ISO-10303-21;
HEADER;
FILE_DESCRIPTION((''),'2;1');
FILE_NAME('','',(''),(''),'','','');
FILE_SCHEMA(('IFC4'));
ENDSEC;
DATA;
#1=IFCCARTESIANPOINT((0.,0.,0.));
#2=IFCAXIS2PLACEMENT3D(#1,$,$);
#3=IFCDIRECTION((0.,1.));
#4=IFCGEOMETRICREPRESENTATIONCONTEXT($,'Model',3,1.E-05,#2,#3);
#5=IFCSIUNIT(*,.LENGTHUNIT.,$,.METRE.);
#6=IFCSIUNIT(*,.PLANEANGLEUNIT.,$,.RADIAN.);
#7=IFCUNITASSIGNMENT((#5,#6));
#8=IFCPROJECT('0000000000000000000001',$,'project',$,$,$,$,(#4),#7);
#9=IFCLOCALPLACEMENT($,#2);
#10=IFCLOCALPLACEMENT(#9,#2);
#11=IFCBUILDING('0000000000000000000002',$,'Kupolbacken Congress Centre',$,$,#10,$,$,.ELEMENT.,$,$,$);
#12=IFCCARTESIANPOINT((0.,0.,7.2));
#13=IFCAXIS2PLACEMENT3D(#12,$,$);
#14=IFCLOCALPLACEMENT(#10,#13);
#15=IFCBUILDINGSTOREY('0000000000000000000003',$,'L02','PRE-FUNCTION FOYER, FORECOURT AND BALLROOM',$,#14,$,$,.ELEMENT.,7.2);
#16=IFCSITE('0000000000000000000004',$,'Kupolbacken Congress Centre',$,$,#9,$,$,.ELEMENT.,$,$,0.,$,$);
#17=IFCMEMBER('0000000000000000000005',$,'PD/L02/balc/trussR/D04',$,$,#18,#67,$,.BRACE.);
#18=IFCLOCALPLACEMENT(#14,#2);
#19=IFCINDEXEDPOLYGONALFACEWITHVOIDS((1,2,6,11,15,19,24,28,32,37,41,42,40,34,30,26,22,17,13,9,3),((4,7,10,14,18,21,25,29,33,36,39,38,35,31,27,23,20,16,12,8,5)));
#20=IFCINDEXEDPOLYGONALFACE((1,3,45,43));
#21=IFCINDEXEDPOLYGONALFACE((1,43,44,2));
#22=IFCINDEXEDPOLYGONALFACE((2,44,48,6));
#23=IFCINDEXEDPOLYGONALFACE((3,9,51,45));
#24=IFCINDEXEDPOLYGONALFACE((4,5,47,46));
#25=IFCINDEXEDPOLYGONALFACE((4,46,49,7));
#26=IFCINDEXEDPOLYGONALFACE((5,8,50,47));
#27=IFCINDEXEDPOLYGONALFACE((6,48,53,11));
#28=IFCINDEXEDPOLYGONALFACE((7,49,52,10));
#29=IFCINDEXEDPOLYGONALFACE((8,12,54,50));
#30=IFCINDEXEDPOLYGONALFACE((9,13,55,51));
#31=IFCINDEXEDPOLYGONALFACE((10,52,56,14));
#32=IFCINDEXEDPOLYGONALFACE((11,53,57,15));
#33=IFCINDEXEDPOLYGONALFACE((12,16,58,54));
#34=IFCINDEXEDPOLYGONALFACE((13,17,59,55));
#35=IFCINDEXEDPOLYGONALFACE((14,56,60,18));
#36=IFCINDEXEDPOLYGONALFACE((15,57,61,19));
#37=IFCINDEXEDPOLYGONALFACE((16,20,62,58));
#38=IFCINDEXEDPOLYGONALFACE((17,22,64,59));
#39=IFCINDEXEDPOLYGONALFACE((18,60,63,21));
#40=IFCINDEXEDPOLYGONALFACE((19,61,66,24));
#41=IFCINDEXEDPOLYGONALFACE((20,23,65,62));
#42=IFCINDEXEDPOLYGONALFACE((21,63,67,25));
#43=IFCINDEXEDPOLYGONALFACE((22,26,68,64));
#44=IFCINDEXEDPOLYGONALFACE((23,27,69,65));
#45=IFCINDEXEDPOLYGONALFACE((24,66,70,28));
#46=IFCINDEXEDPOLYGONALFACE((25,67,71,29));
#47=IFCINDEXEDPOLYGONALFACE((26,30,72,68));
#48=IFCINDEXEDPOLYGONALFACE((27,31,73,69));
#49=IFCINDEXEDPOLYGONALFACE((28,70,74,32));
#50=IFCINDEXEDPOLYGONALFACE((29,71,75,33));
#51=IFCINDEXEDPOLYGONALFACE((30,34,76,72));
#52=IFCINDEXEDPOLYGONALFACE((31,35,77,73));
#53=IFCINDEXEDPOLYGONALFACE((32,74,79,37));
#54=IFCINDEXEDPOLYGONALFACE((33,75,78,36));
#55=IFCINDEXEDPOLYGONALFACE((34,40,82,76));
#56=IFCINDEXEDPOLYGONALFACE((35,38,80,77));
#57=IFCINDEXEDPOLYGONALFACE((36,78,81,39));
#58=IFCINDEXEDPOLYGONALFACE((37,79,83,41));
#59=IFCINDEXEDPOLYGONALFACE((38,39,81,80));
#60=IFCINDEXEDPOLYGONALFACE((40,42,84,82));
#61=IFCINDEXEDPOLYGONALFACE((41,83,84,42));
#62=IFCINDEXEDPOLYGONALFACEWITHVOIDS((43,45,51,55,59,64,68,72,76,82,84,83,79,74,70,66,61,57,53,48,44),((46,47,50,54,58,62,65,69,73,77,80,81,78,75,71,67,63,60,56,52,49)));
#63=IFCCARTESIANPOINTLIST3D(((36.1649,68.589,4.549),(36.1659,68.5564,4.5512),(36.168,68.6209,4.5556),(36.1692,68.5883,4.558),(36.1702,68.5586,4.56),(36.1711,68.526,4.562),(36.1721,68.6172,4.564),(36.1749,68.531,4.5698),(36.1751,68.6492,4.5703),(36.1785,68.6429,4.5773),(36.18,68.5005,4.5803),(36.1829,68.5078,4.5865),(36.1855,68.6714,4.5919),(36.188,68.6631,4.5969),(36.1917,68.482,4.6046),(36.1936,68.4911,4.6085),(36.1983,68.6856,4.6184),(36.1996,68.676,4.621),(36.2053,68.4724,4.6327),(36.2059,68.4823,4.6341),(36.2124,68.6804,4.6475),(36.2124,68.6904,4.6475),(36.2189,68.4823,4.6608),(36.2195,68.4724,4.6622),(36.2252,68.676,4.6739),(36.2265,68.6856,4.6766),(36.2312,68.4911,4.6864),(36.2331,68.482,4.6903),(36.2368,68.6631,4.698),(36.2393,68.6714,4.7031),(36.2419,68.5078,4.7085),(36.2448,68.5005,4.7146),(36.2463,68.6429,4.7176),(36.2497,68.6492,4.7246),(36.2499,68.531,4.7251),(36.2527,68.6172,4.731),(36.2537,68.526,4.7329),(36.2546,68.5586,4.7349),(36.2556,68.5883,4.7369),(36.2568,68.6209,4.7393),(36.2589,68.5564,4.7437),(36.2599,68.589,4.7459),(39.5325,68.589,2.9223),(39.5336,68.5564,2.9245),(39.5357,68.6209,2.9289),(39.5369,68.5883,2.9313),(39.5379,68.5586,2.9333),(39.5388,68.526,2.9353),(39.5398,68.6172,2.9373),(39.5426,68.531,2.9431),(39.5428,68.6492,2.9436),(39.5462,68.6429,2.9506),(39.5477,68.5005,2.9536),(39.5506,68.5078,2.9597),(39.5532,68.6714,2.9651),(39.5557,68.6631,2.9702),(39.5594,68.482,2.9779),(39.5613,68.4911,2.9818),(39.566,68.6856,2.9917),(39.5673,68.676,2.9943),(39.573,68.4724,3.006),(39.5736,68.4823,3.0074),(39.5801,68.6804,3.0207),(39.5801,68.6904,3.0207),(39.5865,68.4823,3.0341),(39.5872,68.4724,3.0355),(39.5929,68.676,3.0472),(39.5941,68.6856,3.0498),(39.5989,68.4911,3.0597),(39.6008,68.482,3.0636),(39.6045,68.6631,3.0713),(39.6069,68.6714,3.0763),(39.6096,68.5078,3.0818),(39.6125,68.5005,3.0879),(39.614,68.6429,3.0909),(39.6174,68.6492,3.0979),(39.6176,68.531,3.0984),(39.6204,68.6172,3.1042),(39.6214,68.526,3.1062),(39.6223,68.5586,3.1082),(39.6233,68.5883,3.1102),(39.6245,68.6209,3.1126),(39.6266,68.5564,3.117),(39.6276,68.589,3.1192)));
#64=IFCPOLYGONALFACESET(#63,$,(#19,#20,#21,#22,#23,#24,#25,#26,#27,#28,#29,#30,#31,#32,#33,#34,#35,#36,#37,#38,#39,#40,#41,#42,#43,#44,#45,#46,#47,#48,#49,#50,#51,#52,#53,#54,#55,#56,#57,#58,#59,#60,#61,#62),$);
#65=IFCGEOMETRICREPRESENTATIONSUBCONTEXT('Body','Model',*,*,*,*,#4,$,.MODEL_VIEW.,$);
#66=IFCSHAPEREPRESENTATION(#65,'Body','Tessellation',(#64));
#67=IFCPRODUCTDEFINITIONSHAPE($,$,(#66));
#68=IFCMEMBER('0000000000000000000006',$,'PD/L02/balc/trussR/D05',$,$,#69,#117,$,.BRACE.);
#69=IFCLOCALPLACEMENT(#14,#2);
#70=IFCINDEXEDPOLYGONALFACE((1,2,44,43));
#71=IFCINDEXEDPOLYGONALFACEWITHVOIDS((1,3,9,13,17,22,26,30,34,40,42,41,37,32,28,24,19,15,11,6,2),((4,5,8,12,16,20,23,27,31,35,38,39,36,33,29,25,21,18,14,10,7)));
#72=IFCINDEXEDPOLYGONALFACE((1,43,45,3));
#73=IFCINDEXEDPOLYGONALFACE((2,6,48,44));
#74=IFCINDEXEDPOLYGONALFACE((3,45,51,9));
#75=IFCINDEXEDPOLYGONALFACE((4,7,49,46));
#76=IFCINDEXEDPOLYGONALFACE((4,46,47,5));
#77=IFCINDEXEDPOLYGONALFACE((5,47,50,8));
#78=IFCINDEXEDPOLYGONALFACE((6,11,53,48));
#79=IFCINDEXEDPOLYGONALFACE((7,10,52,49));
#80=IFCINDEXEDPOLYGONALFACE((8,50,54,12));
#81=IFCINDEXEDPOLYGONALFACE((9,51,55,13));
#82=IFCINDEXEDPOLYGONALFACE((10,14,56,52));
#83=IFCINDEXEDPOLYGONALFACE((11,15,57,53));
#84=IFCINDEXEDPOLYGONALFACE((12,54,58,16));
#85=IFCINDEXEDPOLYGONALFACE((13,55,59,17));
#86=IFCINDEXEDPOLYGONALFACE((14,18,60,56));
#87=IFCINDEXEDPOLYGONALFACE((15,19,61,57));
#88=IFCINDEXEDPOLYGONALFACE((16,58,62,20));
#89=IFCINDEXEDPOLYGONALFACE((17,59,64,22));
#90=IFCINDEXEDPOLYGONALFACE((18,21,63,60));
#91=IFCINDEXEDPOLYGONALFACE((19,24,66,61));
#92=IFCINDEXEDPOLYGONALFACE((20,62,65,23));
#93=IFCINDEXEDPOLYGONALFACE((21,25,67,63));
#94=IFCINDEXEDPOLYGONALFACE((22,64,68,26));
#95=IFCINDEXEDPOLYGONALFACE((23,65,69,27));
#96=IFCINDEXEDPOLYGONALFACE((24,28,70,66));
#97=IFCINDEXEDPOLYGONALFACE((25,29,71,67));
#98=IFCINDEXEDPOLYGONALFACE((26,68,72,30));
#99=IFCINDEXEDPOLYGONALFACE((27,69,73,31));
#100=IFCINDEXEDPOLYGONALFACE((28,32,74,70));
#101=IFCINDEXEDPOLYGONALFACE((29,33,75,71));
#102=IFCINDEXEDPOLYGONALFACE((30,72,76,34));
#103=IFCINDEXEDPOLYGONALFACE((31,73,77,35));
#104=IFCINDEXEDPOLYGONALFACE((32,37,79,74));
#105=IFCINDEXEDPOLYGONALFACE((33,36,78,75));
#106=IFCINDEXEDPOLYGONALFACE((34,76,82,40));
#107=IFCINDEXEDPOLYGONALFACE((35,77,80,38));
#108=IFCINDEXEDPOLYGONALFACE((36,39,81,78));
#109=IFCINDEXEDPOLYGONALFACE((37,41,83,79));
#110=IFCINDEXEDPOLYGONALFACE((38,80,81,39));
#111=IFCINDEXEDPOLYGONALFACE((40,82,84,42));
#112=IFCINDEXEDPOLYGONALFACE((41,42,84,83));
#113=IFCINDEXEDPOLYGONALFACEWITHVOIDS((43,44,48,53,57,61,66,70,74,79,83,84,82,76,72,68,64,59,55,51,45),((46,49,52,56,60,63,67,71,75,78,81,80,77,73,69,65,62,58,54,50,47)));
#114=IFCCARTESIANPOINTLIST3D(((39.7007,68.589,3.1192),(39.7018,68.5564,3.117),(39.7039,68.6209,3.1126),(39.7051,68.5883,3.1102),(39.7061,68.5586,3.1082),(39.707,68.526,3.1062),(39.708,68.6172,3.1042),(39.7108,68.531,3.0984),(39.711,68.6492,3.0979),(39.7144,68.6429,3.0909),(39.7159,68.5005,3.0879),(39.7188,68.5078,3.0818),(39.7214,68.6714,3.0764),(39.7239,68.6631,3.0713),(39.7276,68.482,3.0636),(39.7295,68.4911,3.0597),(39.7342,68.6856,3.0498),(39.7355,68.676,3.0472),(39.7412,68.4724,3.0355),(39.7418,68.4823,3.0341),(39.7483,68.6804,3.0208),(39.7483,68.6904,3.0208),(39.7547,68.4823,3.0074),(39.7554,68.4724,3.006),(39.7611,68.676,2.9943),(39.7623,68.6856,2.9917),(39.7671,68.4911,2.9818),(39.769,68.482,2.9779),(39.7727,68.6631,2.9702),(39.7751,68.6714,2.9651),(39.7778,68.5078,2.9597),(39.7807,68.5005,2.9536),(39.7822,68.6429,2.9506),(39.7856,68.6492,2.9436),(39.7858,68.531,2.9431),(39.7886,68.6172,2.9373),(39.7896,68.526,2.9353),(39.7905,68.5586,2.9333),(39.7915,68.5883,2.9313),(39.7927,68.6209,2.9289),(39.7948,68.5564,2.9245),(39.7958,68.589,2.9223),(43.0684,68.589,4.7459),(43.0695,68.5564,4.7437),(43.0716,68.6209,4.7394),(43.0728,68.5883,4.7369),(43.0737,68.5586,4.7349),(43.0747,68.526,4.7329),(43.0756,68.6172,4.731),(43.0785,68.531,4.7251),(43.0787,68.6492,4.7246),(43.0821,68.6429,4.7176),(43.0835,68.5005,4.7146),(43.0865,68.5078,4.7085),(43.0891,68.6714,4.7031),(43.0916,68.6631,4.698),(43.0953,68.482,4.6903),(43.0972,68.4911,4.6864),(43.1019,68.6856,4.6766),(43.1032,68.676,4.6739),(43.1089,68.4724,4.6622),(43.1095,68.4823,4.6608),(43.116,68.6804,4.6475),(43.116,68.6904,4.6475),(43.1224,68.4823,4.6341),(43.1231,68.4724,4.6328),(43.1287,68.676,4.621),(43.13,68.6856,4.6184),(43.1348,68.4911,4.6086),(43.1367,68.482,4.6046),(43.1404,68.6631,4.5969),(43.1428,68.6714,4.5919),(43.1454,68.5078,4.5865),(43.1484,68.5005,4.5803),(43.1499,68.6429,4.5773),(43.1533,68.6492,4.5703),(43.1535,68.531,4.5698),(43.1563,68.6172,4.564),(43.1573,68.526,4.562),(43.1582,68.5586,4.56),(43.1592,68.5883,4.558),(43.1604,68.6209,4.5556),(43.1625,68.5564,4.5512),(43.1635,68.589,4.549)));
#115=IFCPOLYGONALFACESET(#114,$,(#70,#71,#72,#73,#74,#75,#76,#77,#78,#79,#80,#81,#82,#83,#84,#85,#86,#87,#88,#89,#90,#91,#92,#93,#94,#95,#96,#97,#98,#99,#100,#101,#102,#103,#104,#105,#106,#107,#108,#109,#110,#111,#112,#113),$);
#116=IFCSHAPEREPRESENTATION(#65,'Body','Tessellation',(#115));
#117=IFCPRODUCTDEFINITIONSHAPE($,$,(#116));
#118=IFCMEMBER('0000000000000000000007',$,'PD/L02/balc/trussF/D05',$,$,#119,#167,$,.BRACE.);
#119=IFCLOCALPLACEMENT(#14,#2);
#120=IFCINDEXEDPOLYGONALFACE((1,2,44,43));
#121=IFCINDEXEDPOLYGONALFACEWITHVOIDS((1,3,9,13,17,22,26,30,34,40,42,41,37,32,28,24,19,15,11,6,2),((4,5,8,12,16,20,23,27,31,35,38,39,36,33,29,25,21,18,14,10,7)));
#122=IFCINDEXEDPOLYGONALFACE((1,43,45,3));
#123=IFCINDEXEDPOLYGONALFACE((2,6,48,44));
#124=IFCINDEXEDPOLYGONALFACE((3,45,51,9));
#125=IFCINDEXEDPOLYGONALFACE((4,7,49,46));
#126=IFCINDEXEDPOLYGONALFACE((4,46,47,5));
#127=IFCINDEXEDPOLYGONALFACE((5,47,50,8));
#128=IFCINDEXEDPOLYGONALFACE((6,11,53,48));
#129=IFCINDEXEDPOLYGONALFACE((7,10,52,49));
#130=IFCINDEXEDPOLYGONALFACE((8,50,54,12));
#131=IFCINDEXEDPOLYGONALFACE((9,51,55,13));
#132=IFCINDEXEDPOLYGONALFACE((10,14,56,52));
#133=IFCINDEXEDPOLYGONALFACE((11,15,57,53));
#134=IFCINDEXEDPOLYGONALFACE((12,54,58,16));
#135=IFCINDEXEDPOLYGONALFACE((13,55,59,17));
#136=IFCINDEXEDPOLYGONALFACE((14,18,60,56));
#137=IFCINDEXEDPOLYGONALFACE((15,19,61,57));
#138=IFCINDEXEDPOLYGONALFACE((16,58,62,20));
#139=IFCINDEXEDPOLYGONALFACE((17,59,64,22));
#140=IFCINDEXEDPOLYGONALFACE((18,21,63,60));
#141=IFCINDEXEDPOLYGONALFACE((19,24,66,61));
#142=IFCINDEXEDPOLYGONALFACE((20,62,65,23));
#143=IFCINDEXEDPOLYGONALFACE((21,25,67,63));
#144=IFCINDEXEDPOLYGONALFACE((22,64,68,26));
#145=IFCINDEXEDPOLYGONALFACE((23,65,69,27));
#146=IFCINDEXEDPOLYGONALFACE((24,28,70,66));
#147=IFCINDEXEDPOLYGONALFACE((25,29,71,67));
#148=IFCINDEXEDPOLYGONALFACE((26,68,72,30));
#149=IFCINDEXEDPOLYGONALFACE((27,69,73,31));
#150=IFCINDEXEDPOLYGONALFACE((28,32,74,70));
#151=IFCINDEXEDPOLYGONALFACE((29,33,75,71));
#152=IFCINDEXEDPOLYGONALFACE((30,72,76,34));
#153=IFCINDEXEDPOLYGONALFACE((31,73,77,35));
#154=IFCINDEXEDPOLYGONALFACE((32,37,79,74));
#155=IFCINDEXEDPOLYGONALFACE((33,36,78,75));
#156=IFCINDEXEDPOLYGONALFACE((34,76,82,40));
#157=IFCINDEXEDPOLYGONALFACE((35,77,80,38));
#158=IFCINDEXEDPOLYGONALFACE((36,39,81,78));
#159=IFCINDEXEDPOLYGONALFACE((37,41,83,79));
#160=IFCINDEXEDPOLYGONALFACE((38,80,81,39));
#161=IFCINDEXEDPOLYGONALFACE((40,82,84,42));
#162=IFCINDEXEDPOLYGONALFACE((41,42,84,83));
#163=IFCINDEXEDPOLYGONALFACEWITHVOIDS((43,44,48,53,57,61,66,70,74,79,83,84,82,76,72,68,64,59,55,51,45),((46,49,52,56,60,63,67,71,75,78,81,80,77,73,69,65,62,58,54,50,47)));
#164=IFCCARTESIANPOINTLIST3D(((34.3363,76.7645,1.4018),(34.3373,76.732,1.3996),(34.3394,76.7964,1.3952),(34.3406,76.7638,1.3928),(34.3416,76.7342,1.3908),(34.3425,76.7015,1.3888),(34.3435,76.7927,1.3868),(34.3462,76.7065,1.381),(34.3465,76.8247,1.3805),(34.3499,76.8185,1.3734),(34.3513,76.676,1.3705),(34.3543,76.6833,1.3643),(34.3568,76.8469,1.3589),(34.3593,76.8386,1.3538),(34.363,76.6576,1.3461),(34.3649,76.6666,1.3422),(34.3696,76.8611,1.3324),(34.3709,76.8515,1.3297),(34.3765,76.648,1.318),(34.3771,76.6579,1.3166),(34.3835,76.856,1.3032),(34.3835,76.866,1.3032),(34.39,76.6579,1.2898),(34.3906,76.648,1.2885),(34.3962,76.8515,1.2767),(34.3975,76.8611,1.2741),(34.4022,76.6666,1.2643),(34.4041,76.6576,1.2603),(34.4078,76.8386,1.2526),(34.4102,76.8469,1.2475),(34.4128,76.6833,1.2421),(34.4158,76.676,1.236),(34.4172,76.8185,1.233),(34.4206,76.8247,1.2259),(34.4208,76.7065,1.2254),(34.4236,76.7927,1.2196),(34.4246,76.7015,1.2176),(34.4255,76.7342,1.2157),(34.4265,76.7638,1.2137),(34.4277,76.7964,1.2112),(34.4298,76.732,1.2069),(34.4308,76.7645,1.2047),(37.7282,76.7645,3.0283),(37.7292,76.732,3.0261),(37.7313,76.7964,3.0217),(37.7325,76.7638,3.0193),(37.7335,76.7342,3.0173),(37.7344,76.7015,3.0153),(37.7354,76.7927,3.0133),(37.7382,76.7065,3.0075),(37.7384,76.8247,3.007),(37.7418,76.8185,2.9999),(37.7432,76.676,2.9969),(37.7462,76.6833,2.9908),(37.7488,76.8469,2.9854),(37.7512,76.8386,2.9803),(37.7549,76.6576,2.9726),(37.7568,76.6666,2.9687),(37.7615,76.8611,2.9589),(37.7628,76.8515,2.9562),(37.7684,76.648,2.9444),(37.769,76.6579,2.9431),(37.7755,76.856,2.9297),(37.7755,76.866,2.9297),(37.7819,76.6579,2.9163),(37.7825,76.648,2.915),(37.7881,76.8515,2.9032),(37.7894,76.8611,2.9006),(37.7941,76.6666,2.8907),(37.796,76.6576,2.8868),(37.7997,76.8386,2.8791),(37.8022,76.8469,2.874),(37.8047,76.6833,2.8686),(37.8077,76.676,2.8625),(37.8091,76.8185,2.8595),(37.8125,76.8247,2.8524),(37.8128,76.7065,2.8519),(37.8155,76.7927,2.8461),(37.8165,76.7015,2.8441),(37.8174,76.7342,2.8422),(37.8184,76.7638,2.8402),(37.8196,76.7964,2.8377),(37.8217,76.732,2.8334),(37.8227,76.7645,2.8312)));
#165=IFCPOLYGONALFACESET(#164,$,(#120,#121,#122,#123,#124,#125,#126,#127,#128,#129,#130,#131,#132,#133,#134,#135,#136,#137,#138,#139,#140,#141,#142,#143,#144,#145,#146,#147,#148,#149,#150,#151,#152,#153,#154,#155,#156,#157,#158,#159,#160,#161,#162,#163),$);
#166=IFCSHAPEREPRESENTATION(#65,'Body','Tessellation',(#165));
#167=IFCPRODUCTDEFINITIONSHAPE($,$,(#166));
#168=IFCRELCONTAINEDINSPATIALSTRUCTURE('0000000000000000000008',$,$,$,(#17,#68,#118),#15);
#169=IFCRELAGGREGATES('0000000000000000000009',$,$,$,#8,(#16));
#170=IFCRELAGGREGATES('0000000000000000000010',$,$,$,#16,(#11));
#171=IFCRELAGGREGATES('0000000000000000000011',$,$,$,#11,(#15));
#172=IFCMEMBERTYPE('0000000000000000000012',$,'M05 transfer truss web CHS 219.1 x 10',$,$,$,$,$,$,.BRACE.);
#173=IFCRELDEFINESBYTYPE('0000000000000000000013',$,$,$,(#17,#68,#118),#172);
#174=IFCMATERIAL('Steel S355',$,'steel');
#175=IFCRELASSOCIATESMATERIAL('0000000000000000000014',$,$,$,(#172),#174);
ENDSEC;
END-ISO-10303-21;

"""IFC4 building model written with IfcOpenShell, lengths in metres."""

from ifc_helpers import new_model, si_unit, direction, frame, origin, origin_2d, place, context, subcontext, project, spatial, hollow_circle, extrude, material, material_profile, profile_set, type_object, element, save


model = new_model("IFC4")

# Units and contexts
model_context = context("Model", 3, precision=1e-05, world=origin(), true_north=direction((0.0, 1.0)))
body_context = subcontext(model_context, "Body", "Model", "MODEL_VIEW")
ifc_project = project(units=[si_unit("LENGTHUNIT", "METRE"), si_unit("PLANEANGLEUNIT", "RADIAN")], contexts=[model_context])

# Site, building, storey
site_placement = place(None, origin())
site = spatial("IfcSite", under=ifc_project, at=site_placement, Name="Kupolbacken Congress Centre", CompositionType="ELEMENT", RefElevation=0.0)
building_placement = place(site_placement, origin())
building = spatial("IfcBuilding", under=site, at=building_placement, Name="Kupolbacken Congress Centre", CompositionType="ELEMENT")
storey_placement = place(building_placement, frame((0.0, 0.0, 7.2)))
storey = spatial("IfcBuildingStorey", under=building, at=storey_placement, Name="L02", Description="PRE-FUNCTION FOYER, FORECOURT AND BALLROOM", CompositionType="ELEMENT", Elevation=7.2)

# Members
ifc_material_1 = material(Name="Steel S355", Category="steel")
ifc_material_profile_1 = material_profile(ifc_material_1, hollow_circle(Radius=0.1096, WallThickness=0.01, at=origin_2d()), Name="CHS 219.1 x 10")
ifc_profile_set_1 = profile_set([ifc_material_profile_1], Name="Steel S355")
member_type_1 = type_object("IfcMemberType", Name="M05 transfer truss web CHS 219.1 x 10", PredefinedType="BRACE", material=ifc_profile_set_1)
for number, where, z_axis, x_axis, name in (
    (1, (36.2124, 68.5808, 4.6475), (0.900454, 0.0, -0.434952), (0.0, 1.0, 0.0), "PD/L02/balc/trussR/D04"),
    (2, (39.7483, 68.5808, 3.0208), (0.900454, 0.0, 0.434952), (0.0, 1.0, 0.0), "PD/L02/balc/trussR/D05"),
):
    element("IfcMember", number, at=place(storey_placement, frame(where, z_axis=z_axis, x_axis=x_axis)), inside=storey, type_object=member_type_1, Name=name, PredefinedType="BRACE", context=body_context, shape_type="SweptSolid", body=[
        extrude(hollow_circle(Radius=0.1096, WallThickness=0.01, at=origin_2d()), origin(), (0.0, 0.0, 1.0), 3.74),
    ])
for number, where, z_axis, x_axis, name in (
    (3, (34.3835, 76.7563, 1.3032), (0.901691, 0.0, 0.432381), (0.0, 1.0, 0.0), "PD/L02/balc/trussF/D05"),
):
    element("IfcMember", number, at=place(storey_placement, frame(where, z_axis=z_axis, x_axis=x_axis)), inside=storey, type_object=member_type_1, Name=name, PredefinedType="BRACE", context=body_context, shape_type="SweptSolid", body=[
        extrude(hollow_circle(Radius=0.1096, WallThickness=0.01, at=origin_2d()), origin(), (0.0, 0.0, 1.0), 3.7617),
    ])

save(model, "model.ifc")
